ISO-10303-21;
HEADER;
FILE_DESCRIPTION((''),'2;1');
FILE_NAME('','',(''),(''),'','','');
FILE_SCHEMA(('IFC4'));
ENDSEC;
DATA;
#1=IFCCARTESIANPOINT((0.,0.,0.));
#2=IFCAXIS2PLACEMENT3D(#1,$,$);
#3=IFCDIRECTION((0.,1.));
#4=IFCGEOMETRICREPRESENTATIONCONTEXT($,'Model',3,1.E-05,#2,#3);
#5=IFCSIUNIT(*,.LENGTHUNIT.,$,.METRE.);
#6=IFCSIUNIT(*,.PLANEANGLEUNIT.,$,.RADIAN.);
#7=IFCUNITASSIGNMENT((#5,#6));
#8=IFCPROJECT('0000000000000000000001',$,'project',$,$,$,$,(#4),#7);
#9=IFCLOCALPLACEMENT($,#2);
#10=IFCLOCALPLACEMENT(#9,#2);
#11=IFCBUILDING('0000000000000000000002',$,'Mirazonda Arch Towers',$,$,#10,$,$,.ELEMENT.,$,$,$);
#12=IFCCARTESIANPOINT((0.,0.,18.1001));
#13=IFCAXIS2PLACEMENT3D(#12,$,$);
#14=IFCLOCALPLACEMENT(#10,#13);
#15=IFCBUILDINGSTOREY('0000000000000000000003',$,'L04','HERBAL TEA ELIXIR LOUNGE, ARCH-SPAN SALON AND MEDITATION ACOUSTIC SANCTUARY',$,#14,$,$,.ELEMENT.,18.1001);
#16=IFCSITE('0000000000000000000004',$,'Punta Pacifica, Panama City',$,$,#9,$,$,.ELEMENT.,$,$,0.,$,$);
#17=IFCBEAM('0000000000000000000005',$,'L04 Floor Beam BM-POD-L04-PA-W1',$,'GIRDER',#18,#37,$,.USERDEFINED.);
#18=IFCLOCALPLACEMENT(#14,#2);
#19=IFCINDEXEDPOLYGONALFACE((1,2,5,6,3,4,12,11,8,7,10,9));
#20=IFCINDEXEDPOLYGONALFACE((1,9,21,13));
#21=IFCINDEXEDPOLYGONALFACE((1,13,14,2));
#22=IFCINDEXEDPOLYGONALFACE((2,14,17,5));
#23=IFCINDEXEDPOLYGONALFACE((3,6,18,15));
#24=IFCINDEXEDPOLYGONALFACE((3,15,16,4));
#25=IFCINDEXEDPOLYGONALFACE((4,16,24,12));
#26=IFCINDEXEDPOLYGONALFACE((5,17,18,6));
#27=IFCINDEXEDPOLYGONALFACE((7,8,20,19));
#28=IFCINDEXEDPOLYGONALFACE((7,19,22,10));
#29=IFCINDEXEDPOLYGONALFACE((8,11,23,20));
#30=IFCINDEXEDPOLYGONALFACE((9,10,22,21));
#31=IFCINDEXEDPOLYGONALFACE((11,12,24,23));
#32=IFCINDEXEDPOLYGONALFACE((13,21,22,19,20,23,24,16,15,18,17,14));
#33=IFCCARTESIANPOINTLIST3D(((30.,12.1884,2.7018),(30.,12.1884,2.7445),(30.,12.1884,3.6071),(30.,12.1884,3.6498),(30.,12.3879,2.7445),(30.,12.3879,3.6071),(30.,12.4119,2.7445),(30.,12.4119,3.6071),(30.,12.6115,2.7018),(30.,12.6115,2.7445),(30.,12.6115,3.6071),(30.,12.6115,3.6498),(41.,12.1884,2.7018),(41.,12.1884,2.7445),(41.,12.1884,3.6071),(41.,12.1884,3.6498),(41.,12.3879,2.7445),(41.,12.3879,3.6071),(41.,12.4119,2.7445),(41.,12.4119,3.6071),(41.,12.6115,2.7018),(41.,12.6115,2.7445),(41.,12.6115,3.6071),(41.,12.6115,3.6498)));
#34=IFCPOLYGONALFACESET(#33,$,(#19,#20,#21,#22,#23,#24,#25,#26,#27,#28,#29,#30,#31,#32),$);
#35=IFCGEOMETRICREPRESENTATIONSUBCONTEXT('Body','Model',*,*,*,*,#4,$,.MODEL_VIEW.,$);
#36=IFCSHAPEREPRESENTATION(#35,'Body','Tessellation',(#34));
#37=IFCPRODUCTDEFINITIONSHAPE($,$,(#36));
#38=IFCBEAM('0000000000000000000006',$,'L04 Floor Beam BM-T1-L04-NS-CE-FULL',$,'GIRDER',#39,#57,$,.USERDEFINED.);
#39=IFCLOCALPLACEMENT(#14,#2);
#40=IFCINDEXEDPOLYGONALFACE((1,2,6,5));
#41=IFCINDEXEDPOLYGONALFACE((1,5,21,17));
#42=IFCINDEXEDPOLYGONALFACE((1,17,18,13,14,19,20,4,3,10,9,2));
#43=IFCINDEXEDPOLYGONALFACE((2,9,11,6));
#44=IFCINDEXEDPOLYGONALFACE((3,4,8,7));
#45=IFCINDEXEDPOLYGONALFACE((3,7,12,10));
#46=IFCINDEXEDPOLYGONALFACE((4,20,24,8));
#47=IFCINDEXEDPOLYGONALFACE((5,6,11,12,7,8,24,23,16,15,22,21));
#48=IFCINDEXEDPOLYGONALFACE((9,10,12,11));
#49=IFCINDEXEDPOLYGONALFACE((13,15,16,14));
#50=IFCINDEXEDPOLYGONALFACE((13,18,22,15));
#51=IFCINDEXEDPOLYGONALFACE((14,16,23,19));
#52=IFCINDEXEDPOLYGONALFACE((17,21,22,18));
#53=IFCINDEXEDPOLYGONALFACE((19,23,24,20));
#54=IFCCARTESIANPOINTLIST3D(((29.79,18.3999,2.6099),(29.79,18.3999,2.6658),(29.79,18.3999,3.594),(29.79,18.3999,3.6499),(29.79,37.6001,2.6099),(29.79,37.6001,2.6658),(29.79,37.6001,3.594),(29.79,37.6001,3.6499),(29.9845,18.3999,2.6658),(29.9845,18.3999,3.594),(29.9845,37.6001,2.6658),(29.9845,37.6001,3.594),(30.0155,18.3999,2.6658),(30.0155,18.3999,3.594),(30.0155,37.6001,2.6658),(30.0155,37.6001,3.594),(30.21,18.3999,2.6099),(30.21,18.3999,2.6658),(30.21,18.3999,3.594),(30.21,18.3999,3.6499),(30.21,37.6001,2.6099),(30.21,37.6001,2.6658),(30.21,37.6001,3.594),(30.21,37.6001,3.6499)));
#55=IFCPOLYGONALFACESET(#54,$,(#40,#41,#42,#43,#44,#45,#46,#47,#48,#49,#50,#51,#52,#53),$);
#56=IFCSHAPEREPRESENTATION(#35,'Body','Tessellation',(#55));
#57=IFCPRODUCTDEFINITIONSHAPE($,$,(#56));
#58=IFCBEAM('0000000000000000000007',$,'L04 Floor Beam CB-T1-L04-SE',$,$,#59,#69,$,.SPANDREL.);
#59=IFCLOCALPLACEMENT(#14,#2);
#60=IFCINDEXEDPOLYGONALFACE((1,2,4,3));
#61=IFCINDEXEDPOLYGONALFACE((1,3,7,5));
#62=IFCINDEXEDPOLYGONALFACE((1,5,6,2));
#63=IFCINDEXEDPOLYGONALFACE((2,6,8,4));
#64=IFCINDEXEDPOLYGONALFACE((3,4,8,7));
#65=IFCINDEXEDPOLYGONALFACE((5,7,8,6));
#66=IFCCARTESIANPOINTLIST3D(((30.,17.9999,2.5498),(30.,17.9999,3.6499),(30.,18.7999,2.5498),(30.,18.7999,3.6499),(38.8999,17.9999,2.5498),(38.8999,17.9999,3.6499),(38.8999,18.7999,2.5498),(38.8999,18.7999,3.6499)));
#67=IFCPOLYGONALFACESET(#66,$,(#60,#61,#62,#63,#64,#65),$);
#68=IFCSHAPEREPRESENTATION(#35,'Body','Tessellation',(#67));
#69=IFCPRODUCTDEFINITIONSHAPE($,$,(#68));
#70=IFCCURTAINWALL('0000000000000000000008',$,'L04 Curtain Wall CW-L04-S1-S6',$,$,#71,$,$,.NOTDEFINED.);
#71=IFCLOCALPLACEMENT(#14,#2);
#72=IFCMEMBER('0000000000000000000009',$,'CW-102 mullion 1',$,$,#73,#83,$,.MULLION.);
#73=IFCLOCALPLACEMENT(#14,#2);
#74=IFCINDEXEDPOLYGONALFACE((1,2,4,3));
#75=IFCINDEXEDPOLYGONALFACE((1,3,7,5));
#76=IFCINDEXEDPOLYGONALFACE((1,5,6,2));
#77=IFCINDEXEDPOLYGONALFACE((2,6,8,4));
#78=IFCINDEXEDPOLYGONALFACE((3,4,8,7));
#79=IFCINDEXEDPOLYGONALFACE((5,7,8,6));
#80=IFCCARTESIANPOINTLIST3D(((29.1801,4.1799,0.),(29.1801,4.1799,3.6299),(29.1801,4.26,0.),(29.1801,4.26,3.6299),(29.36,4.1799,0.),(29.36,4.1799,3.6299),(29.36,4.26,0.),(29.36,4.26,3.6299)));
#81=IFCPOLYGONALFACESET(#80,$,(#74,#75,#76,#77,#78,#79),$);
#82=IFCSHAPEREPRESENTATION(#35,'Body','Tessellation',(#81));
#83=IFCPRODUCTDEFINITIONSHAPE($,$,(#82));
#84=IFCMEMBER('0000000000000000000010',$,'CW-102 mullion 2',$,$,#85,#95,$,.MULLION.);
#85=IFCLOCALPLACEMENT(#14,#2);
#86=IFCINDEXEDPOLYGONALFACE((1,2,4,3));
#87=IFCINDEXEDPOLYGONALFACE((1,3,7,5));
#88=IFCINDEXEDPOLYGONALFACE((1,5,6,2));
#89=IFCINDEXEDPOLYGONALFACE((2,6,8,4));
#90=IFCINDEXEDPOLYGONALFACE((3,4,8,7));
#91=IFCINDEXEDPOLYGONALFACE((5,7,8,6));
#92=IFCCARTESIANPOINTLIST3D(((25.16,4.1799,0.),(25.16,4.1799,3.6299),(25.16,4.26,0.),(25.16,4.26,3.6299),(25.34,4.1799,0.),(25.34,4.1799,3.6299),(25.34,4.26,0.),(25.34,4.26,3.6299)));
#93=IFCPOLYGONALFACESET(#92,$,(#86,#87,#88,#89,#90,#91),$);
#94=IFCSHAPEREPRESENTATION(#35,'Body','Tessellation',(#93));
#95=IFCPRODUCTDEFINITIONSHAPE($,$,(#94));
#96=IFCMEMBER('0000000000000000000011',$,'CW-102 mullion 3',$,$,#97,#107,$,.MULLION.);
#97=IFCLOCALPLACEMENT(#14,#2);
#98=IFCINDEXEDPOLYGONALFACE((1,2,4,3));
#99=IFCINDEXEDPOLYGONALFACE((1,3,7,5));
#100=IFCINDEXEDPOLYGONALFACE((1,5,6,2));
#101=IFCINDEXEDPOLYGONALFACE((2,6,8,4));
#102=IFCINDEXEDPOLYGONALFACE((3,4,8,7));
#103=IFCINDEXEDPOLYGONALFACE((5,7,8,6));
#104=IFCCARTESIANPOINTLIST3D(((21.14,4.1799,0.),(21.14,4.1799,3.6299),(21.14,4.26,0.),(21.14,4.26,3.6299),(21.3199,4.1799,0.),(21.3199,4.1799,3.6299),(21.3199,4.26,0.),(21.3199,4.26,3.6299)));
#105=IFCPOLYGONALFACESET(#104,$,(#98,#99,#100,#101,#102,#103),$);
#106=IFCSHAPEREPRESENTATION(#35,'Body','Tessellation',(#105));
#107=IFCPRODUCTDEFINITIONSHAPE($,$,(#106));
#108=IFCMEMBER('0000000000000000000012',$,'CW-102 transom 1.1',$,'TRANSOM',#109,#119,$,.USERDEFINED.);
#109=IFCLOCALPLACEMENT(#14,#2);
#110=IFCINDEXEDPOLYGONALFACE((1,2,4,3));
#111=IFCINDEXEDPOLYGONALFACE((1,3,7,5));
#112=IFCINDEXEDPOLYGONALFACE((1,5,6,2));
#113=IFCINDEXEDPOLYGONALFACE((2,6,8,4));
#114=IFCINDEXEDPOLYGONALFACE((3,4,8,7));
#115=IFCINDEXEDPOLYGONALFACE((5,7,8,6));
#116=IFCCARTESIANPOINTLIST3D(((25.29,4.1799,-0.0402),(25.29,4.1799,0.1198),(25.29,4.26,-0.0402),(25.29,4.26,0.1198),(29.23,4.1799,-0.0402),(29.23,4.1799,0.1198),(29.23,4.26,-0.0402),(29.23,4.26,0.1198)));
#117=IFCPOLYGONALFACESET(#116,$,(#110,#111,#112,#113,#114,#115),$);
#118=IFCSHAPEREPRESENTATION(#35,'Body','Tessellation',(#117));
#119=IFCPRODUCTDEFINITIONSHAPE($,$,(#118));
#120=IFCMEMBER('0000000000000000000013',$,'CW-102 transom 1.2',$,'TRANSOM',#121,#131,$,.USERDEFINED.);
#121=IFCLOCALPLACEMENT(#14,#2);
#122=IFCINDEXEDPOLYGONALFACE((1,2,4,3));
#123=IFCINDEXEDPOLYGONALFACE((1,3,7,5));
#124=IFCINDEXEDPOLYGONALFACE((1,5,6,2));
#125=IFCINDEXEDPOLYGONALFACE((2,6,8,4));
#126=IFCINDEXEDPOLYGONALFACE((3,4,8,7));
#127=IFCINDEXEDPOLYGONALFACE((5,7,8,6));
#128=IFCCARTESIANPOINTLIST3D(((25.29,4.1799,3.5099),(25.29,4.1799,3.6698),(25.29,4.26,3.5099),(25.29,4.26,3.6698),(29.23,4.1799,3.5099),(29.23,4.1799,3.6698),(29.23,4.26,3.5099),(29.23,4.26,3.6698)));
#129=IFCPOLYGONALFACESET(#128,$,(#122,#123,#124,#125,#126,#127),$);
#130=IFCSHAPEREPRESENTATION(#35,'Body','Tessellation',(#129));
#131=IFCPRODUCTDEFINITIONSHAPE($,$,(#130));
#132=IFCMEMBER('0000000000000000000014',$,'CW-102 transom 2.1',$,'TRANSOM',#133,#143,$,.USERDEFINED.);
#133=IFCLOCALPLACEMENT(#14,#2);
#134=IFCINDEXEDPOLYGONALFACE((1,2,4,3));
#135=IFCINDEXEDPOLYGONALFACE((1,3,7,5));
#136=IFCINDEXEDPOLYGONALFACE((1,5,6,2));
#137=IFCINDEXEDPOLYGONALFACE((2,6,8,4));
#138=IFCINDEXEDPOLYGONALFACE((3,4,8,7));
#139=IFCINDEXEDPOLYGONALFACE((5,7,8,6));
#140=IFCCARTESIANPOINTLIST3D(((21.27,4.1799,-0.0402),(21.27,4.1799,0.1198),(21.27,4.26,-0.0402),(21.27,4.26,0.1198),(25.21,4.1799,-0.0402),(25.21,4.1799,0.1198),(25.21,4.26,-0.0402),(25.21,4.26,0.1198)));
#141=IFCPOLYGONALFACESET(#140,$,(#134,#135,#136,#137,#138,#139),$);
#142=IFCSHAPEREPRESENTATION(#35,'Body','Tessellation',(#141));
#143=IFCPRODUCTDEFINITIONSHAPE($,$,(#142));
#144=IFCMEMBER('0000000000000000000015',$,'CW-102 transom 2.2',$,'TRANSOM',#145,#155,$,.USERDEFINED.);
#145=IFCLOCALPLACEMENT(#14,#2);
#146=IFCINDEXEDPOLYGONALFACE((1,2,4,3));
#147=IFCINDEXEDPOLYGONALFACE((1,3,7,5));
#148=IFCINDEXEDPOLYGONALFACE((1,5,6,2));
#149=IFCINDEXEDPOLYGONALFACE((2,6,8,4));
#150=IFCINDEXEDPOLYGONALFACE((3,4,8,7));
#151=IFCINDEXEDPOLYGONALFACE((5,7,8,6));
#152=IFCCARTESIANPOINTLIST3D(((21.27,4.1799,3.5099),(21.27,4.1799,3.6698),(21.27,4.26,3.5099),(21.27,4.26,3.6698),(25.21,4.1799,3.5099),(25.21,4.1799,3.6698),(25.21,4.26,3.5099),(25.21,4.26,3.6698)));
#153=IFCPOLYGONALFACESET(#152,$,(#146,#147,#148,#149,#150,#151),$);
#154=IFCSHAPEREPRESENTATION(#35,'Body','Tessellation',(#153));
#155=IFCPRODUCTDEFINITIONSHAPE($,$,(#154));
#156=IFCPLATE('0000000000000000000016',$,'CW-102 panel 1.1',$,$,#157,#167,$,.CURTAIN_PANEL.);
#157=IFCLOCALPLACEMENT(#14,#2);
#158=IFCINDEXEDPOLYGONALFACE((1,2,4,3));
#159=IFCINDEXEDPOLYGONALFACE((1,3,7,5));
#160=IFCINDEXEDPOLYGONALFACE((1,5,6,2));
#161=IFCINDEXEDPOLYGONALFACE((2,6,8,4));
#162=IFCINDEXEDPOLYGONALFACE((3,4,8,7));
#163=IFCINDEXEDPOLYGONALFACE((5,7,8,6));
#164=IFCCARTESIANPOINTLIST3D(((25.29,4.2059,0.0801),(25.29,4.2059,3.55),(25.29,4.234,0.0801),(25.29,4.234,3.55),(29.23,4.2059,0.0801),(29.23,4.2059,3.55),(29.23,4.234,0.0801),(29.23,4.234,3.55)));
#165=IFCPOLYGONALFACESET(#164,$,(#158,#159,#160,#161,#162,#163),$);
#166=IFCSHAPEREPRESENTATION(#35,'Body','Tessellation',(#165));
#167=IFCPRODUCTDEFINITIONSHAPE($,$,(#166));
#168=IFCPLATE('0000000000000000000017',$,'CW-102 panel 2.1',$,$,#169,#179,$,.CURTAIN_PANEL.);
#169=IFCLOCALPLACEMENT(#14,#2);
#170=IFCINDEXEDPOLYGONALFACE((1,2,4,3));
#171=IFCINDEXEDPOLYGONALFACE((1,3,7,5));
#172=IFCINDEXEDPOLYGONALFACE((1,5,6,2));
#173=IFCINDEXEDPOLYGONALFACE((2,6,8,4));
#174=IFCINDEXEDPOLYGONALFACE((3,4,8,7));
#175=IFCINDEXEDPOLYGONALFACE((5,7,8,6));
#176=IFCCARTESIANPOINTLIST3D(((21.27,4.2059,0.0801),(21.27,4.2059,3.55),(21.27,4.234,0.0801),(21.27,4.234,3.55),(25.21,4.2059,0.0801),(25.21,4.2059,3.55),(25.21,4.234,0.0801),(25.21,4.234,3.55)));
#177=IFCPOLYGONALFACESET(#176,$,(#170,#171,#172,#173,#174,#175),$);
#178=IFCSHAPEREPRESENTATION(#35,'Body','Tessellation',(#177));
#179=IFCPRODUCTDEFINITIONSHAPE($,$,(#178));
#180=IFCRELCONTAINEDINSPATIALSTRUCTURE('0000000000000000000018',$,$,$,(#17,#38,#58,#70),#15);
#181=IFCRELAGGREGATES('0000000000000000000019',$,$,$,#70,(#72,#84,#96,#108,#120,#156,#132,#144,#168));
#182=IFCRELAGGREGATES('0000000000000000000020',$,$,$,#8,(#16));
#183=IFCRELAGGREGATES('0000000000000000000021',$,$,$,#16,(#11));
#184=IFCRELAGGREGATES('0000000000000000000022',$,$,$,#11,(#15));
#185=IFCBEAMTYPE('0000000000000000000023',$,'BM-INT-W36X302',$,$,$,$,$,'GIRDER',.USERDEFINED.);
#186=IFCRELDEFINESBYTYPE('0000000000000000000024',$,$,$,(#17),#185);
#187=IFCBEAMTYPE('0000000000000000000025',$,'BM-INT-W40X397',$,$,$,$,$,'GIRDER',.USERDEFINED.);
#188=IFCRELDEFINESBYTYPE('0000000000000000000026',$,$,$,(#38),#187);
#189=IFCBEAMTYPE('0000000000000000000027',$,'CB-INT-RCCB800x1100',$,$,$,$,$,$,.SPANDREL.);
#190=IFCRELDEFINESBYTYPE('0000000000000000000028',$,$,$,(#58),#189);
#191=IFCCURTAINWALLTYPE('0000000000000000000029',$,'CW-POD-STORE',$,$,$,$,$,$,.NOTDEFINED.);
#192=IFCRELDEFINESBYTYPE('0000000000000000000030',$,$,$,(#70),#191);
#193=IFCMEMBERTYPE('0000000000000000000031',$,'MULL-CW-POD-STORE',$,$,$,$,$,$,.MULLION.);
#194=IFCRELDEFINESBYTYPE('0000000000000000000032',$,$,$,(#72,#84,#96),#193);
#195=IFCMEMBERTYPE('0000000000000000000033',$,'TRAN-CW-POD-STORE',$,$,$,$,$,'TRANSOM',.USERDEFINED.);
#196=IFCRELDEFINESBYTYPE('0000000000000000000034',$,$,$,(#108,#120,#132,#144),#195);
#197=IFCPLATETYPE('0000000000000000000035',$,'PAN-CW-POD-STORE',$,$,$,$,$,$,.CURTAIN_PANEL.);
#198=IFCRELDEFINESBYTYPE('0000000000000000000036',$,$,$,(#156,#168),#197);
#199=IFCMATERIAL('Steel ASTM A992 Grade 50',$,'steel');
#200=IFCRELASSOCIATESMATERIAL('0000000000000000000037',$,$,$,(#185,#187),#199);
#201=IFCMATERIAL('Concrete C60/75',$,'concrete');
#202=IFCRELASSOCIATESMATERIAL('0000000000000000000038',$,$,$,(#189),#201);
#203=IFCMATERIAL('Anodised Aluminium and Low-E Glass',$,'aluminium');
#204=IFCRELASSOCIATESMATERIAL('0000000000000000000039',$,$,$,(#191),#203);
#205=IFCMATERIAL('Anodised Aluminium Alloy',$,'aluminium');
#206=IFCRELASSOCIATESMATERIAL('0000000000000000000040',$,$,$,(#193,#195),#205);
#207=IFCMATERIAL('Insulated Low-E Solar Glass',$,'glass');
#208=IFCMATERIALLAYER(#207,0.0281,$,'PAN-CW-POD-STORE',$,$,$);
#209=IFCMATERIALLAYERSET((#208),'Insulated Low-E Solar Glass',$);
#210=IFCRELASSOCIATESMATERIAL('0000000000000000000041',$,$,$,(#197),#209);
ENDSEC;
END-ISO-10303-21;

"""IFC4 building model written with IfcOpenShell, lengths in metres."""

from ifc_helpers import new_model, si_unit, direction, frame, origin, origin_2d, place, context, subcontext, project, spatial, rectangle, i_section, extrude, material, layer, layer_set, material_profile, profile_set, type_object, element, aggregate, save


model = new_model("IFC4")

# Units and contexts
model_context = context("Model", 3, precision=1e-05, world=origin(), true_north=direction((0.0, 1.0)))
body_context = subcontext(model_context, "Body", "Model", "MODEL_VIEW")
ifc_project = project(units=[si_unit("LENGTHUNIT", "METRE"), si_unit("PLANEANGLEUNIT", "RADIAN")], contexts=[model_context])

# Site, building, storey
site_placement = place(None, origin())
site = spatial("IfcSite", under=ifc_project, at=site_placement, Name="Punta Pacifica, Panama City", CompositionType="ELEMENT", RefElevation=0.0)
building_placement = place(site_placement, origin())
building = spatial("IfcBuilding", under=site, at=building_placement, Name="Mirazonda Arch Towers", CompositionType="ELEMENT")
storey_placement = place(building_placement, frame((0.0, 0.0, 18.1001)))
storey = spatial("IfcBuildingStorey", under=building, at=storey_placement, Name="L04", Description="HERBAL TEA ELIXIR LOUNGE, ARCH-SPAN SALON AND MEDITATION ACOUSTIC SANCTUARY", CompositionType="ELEMENT", Elevation=18.1001)

# Shared definitions
ifc_material_1 = material(Name="Concrete C60/75", Category="concrete")

# Beams
ifc_material_2 = material(Name="Steel ASTM A992 Grade 50", Category="steel")
ifc_material_profile_1 = material_profile(ifc_material_2, i_section(OverallWidth=0.4231, OverallDepth=0.948, WebThickness=0.0239, FlangeThickness=0.0427, at=origin_2d()), Name="W36X302")
ifc_profile_set_1 = profile_set([ifc_material_profile_1], Name="Steel ASTM A992 Grade 50")
beam_type_1 = type_object("IfcBeamType", Name="BM-INT-W36X302", ElementType="GIRDER", PredefinedType="USERDEFINED", material=ifc_profile_set_1)
beam_1_placement = place(storey_placement, frame((30.0, 12.3999, 3.1758), z_axis=(1.0, 0.0, 0.0), x_axis=(0.0, 1.0, 0.0)))
element("IfcBeam", 1, at=beam_1_placement, inside=storey, type_object=beam_type_1, Name="L04 Floor Beam BM-POD-L04-PA-W1", ObjectType="GIRDER", PredefinedType="USERDEFINED", context=body_context, shape_type="SweptSolid", body=[
    extrude(i_section(OverallWidth=0.4231, OverallDepth=0.948, WebThickness=0.0239, FlangeThickness=0.0427, at=origin_2d()), origin(), (0.0, 0.0, 1.0), 11.0),
])
ifc_material_profile_2 = material_profile(ifc_material_2, i_section(OverallWidth=0.4199, OverallDepth=1.04, WebThickness=0.031, FlangeThickness=0.0559, at=origin_2d()), Name="W40X397")
ifc_profile_set_2 = profile_set([ifc_material_profile_2], Name="Steel ASTM A992 Grade 50")
beam_type_2 = type_object("IfcBeamType", Name="BM-INT-W40X397", ElementType="GIRDER", PredefinedType="USERDEFINED", material=ifc_profile_set_2)
beam_2_placement = place(storey_placement, frame((30.0, 18.3999, 3.1299), z_axis=(0.0, 1.0, 0.0), x_axis=(-1.0, 0.0, 0.0)))
element("IfcBeam", 2, at=beam_2_placement, inside=storey, type_object=beam_type_2, Name="L04 Floor Beam BM-T1-L04-NS-CE-FULL", ObjectType="GIRDER", PredefinedType="USERDEFINED", context=body_context, shape_type="SweptSolid", body=[
    extrude(i_section(OverallWidth=0.4199, OverallDepth=1.04, WebThickness=0.031, FlangeThickness=0.0559, at=origin_2d()), origin(), (0.0, 0.0, 1.0), 19.2002),
])
ifc_material_profile_3 = material_profile(ifc_material_1, rectangle(XDim=0.8, YDim=1.1001, at=origin_2d()), Name="RCCB800x1100")
ifc_profile_set_3 = profile_set([ifc_material_profile_3], Name="Concrete C60/75")
beam_type_3 = type_object("IfcBeamType", Name="CB-INT-RCCB800x1100", PredefinedType="SPANDREL", material=ifc_profile_set_3)
beam_3_placement = place(storey_placement, frame((30.0, 18.3999, 3.0999), z_axis=(1.0, 0.0, 0.0), x_axis=(0.0, 1.0, 0.0)))
element("IfcBeam", 3, at=beam_3_placement, inside=storey, type_object=beam_type_3, Name="L04 Floor Beam CB-T1-L04-SE", PredefinedType="SPANDREL", context=body_context, shape_type="SweptSolid", body=[
    extrude(rectangle(XDim=0.8, YDim=1.1001, at=origin_2d()), origin(), (0.0, 0.0, 1.0), 8.8999),
])

# Curtain wall, members, plates
ifc_material_3 = material(Name="Anodised Aluminium and Low-E Glass", Category="aluminium")
curtain_wall_type = type_object("IfcCurtainWallType", Name="CW-POD-STORE", PredefinedType="NOTDEFINED", material=ifc_material_3)
curtain_wall_placement = place(storey_placement, origin())
curtain_wall = element("IfcCurtainWall", 4, at=curtain_wall_placement, inside=storey, type_object=curtain_wall_type, Name="L04 Curtain Wall CW-L04-S1-S6", PredefinedType="NOTDEFINED")
ifc_material_4 = material(Name="Anodised Aluminium Alloy", Category="aluminium")
ifc_material_profile_4 = material_profile(ifc_material_4, rectangle(XDim=0.0801, YDim=0.1799, at=origin_2d()), Name="ALU-MULL-80x180")
ifc_profile_set_4 = profile_set([ifc_material_profile_4], Name="Anodised Aluminium Alloy")
member_type_1 = type_object("IfcMemberType", Name="MULL-CW-POD-STORE", PredefinedType="MULLION", material=ifc_profile_set_4)
member_1_placement = place(storey_placement, frame((29.27, 4.22, 0.0), z_axis=(0.0, 0.0, 1.0), x_axis=(0.0, -1.0, 0.0)))
member_1 = element("IfcMember", 5, at=member_1_placement, type_object=member_type_1, Name="CW-102 mullion 1", PredefinedType="MULLION", context=body_context, shape_type="SweptSolid", body=[
    extrude(rectangle(XDim=0.0801, YDim=0.1799, at=origin_2d()), origin(), (0.0, 0.0, 1.0), 3.6299),
])
member_2_placement = place(storey_placement, frame((25.25, 4.22, 0.0), z_axis=(0.0, 0.0, 1.0), x_axis=(0.0, -1.0, 0.0)))
member_2 = element("IfcMember", 6, at=member_2_placement, type_object=member_type_1, Name="CW-102 mullion 2", PredefinedType="MULLION", context=body_context, shape_type="SweptSolid", body=[
    extrude(rectangle(XDim=0.0801, YDim=0.1799, at=origin_2d()), origin(), (0.0, 0.0, 1.0), 3.6299),
])
member_3_placement = place(storey_placement, frame((21.23, 4.22, 0.0), z_axis=(0.0, 0.0, 1.0), x_axis=(0.0, -1.0, 0.0)))
member_3 = element("IfcMember", 7, at=member_3_placement, type_object=member_type_1, Name="CW-102 mullion 3", PredefinedType="MULLION", context=body_context, shape_type="SweptSolid", body=[
    extrude(rectangle(XDim=0.0801, YDim=0.1799, at=origin_2d()), origin(), (0.0, 0.0, 1.0), 3.6299),
])
ifc_material_profile_5 = material_profile(ifc_material_4, rectangle(XDim=0.0801, YDim=0.1599, at=origin_2d()), Name="ALU-TRAN-80x160")
ifc_profile_set_5 = profile_set([ifc_material_profile_5], Name="Anodised Aluminium Alloy")
member_type_2 = type_object("IfcMemberType", Name="TRAN-CW-POD-STORE", ElementType="TRANSOM", PredefinedType="USERDEFINED", material=ifc_profile_set_5)
member_4_placement = place(storey_placement, frame((29.23, 4.22, 0.0398), z_axis=(-1.0, 0.0, 0.0), x_axis=(0.0, -1.0, 0.0)))
member_4 = element("IfcMember", 8, at=member_4_placement, type_object=member_type_2, Name="CW-102 transom 1.1", ObjectType="TRANSOM", PredefinedType="USERDEFINED", context=body_context, shape_type="SweptSolid", body=[
    extrude(rectangle(XDim=0.0801, YDim=0.1599, at=origin_2d()), origin(), (0.0, 0.0, 1.0), 3.9399),
])
member_5_placement = place(storey_placement, frame((29.23, 4.22, 3.5898), z_axis=(-1.0, 0.0, 0.0), x_axis=(0.0, -1.0, 0.0)))
member_5 = element("IfcMember", 9, at=member_5_placement, type_object=member_type_2, Name="CW-102 transom 1.2", ObjectType="TRANSOM", PredefinedType="USERDEFINED", context=body_context, shape_type="SweptSolid", body=[
    extrude(rectangle(XDim=0.0801, YDim=0.1599, at=origin_2d()), origin(), (0.0, 0.0, 1.0), 3.9399),
])
member_6_placement = place(storey_placement, frame((25.21, 4.22, 0.0398), z_axis=(-1.0, 0.0, 0.0), x_axis=(0.0, -1.0, 0.0)))
member_6 = element("IfcMember", 10, at=member_6_placement, type_object=member_type_2, Name="CW-102 transom 2.1", ObjectType="TRANSOM", PredefinedType="USERDEFINED", context=body_context, shape_type="SweptSolid", body=[
    extrude(rectangle(XDim=0.0801, YDim=0.1599, at=origin_2d()), origin(), (0.0, 0.0, 1.0), 3.9399),
])
member_7_placement = place(storey_placement, frame((25.21, 4.22, 3.5898), z_axis=(-1.0, 0.0, 0.0), x_axis=(0.0, -1.0, 0.0)))
member_7 = element("IfcMember", 11, at=member_7_placement, type_object=member_type_2, Name="CW-102 transom 2.2", ObjectType="TRANSOM", PredefinedType="USERDEFINED", context=body_context, shape_type="SweptSolid", body=[
    extrude(rectangle(XDim=0.0801, YDim=0.1599, at=origin_2d()), origin(), (0.0, 0.0, 1.0), 3.9399),
])
ifc_material_5 = material(Name="Insulated Low-E Solar Glass", Category="glass")
ifc_layer_1 = layer(ifc_material_5, 0.0281, Name="PAN-CW-POD-STORE")
ifc_layer_set_1 = layer_set([ifc_layer_1], Name="Insulated Low-E Solar Glass")
plate_type = type_object("IfcPlateType", Name="PAN-CW-POD-STORE", PredefinedType="CURTAIN_PANEL", material=ifc_layer_set_1)
plate_1_placement = place(storey_placement, frame((27.26, 4.22, 0.0801), z_axis=(0.0, 0.0, 1.0), x_axis=(-1.0, 0.0, 0.0)))
plate_1 = element("IfcPlate", 12, at=plate_1_placement, type_object=plate_type, Name="CW-102 panel 1.1", PredefinedType="CURTAIN_PANEL", context=body_context, shape_type="SweptSolid", body=[
    extrude(rectangle(XDim=3.9399, YDim=0.0281, at=origin_2d()), origin(), (0.0, 0.0, 1.0), 3.47),
])
plate_2_placement = place(storey_placement, frame((23.24, 4.22, 0.0801), z_axis=(0.0, 0.0, 1.0), x_axis=(-1.0, 0.0, 0.0)))
plate_2 = element("IfcPlate", 13, at=plate_2_placement, type_object=plate_type, Name="CW-102 panel 2.1", PredefinedType="CURTAIN_PANEL", context=body_context, shape_type="SweptSolid", body=[
    extrude(rectangle(XDim=3.9399, YDim=0.0281, at=origin_2d()), origin(), (0.0, 0.0, 1.0), 3.47),
])
aggregate(curtain_wall, [member_1, member_2, member_3, member_4, member_5, plate_1, member_6, member_7, plate_2])

save(model, "model.ifc")
